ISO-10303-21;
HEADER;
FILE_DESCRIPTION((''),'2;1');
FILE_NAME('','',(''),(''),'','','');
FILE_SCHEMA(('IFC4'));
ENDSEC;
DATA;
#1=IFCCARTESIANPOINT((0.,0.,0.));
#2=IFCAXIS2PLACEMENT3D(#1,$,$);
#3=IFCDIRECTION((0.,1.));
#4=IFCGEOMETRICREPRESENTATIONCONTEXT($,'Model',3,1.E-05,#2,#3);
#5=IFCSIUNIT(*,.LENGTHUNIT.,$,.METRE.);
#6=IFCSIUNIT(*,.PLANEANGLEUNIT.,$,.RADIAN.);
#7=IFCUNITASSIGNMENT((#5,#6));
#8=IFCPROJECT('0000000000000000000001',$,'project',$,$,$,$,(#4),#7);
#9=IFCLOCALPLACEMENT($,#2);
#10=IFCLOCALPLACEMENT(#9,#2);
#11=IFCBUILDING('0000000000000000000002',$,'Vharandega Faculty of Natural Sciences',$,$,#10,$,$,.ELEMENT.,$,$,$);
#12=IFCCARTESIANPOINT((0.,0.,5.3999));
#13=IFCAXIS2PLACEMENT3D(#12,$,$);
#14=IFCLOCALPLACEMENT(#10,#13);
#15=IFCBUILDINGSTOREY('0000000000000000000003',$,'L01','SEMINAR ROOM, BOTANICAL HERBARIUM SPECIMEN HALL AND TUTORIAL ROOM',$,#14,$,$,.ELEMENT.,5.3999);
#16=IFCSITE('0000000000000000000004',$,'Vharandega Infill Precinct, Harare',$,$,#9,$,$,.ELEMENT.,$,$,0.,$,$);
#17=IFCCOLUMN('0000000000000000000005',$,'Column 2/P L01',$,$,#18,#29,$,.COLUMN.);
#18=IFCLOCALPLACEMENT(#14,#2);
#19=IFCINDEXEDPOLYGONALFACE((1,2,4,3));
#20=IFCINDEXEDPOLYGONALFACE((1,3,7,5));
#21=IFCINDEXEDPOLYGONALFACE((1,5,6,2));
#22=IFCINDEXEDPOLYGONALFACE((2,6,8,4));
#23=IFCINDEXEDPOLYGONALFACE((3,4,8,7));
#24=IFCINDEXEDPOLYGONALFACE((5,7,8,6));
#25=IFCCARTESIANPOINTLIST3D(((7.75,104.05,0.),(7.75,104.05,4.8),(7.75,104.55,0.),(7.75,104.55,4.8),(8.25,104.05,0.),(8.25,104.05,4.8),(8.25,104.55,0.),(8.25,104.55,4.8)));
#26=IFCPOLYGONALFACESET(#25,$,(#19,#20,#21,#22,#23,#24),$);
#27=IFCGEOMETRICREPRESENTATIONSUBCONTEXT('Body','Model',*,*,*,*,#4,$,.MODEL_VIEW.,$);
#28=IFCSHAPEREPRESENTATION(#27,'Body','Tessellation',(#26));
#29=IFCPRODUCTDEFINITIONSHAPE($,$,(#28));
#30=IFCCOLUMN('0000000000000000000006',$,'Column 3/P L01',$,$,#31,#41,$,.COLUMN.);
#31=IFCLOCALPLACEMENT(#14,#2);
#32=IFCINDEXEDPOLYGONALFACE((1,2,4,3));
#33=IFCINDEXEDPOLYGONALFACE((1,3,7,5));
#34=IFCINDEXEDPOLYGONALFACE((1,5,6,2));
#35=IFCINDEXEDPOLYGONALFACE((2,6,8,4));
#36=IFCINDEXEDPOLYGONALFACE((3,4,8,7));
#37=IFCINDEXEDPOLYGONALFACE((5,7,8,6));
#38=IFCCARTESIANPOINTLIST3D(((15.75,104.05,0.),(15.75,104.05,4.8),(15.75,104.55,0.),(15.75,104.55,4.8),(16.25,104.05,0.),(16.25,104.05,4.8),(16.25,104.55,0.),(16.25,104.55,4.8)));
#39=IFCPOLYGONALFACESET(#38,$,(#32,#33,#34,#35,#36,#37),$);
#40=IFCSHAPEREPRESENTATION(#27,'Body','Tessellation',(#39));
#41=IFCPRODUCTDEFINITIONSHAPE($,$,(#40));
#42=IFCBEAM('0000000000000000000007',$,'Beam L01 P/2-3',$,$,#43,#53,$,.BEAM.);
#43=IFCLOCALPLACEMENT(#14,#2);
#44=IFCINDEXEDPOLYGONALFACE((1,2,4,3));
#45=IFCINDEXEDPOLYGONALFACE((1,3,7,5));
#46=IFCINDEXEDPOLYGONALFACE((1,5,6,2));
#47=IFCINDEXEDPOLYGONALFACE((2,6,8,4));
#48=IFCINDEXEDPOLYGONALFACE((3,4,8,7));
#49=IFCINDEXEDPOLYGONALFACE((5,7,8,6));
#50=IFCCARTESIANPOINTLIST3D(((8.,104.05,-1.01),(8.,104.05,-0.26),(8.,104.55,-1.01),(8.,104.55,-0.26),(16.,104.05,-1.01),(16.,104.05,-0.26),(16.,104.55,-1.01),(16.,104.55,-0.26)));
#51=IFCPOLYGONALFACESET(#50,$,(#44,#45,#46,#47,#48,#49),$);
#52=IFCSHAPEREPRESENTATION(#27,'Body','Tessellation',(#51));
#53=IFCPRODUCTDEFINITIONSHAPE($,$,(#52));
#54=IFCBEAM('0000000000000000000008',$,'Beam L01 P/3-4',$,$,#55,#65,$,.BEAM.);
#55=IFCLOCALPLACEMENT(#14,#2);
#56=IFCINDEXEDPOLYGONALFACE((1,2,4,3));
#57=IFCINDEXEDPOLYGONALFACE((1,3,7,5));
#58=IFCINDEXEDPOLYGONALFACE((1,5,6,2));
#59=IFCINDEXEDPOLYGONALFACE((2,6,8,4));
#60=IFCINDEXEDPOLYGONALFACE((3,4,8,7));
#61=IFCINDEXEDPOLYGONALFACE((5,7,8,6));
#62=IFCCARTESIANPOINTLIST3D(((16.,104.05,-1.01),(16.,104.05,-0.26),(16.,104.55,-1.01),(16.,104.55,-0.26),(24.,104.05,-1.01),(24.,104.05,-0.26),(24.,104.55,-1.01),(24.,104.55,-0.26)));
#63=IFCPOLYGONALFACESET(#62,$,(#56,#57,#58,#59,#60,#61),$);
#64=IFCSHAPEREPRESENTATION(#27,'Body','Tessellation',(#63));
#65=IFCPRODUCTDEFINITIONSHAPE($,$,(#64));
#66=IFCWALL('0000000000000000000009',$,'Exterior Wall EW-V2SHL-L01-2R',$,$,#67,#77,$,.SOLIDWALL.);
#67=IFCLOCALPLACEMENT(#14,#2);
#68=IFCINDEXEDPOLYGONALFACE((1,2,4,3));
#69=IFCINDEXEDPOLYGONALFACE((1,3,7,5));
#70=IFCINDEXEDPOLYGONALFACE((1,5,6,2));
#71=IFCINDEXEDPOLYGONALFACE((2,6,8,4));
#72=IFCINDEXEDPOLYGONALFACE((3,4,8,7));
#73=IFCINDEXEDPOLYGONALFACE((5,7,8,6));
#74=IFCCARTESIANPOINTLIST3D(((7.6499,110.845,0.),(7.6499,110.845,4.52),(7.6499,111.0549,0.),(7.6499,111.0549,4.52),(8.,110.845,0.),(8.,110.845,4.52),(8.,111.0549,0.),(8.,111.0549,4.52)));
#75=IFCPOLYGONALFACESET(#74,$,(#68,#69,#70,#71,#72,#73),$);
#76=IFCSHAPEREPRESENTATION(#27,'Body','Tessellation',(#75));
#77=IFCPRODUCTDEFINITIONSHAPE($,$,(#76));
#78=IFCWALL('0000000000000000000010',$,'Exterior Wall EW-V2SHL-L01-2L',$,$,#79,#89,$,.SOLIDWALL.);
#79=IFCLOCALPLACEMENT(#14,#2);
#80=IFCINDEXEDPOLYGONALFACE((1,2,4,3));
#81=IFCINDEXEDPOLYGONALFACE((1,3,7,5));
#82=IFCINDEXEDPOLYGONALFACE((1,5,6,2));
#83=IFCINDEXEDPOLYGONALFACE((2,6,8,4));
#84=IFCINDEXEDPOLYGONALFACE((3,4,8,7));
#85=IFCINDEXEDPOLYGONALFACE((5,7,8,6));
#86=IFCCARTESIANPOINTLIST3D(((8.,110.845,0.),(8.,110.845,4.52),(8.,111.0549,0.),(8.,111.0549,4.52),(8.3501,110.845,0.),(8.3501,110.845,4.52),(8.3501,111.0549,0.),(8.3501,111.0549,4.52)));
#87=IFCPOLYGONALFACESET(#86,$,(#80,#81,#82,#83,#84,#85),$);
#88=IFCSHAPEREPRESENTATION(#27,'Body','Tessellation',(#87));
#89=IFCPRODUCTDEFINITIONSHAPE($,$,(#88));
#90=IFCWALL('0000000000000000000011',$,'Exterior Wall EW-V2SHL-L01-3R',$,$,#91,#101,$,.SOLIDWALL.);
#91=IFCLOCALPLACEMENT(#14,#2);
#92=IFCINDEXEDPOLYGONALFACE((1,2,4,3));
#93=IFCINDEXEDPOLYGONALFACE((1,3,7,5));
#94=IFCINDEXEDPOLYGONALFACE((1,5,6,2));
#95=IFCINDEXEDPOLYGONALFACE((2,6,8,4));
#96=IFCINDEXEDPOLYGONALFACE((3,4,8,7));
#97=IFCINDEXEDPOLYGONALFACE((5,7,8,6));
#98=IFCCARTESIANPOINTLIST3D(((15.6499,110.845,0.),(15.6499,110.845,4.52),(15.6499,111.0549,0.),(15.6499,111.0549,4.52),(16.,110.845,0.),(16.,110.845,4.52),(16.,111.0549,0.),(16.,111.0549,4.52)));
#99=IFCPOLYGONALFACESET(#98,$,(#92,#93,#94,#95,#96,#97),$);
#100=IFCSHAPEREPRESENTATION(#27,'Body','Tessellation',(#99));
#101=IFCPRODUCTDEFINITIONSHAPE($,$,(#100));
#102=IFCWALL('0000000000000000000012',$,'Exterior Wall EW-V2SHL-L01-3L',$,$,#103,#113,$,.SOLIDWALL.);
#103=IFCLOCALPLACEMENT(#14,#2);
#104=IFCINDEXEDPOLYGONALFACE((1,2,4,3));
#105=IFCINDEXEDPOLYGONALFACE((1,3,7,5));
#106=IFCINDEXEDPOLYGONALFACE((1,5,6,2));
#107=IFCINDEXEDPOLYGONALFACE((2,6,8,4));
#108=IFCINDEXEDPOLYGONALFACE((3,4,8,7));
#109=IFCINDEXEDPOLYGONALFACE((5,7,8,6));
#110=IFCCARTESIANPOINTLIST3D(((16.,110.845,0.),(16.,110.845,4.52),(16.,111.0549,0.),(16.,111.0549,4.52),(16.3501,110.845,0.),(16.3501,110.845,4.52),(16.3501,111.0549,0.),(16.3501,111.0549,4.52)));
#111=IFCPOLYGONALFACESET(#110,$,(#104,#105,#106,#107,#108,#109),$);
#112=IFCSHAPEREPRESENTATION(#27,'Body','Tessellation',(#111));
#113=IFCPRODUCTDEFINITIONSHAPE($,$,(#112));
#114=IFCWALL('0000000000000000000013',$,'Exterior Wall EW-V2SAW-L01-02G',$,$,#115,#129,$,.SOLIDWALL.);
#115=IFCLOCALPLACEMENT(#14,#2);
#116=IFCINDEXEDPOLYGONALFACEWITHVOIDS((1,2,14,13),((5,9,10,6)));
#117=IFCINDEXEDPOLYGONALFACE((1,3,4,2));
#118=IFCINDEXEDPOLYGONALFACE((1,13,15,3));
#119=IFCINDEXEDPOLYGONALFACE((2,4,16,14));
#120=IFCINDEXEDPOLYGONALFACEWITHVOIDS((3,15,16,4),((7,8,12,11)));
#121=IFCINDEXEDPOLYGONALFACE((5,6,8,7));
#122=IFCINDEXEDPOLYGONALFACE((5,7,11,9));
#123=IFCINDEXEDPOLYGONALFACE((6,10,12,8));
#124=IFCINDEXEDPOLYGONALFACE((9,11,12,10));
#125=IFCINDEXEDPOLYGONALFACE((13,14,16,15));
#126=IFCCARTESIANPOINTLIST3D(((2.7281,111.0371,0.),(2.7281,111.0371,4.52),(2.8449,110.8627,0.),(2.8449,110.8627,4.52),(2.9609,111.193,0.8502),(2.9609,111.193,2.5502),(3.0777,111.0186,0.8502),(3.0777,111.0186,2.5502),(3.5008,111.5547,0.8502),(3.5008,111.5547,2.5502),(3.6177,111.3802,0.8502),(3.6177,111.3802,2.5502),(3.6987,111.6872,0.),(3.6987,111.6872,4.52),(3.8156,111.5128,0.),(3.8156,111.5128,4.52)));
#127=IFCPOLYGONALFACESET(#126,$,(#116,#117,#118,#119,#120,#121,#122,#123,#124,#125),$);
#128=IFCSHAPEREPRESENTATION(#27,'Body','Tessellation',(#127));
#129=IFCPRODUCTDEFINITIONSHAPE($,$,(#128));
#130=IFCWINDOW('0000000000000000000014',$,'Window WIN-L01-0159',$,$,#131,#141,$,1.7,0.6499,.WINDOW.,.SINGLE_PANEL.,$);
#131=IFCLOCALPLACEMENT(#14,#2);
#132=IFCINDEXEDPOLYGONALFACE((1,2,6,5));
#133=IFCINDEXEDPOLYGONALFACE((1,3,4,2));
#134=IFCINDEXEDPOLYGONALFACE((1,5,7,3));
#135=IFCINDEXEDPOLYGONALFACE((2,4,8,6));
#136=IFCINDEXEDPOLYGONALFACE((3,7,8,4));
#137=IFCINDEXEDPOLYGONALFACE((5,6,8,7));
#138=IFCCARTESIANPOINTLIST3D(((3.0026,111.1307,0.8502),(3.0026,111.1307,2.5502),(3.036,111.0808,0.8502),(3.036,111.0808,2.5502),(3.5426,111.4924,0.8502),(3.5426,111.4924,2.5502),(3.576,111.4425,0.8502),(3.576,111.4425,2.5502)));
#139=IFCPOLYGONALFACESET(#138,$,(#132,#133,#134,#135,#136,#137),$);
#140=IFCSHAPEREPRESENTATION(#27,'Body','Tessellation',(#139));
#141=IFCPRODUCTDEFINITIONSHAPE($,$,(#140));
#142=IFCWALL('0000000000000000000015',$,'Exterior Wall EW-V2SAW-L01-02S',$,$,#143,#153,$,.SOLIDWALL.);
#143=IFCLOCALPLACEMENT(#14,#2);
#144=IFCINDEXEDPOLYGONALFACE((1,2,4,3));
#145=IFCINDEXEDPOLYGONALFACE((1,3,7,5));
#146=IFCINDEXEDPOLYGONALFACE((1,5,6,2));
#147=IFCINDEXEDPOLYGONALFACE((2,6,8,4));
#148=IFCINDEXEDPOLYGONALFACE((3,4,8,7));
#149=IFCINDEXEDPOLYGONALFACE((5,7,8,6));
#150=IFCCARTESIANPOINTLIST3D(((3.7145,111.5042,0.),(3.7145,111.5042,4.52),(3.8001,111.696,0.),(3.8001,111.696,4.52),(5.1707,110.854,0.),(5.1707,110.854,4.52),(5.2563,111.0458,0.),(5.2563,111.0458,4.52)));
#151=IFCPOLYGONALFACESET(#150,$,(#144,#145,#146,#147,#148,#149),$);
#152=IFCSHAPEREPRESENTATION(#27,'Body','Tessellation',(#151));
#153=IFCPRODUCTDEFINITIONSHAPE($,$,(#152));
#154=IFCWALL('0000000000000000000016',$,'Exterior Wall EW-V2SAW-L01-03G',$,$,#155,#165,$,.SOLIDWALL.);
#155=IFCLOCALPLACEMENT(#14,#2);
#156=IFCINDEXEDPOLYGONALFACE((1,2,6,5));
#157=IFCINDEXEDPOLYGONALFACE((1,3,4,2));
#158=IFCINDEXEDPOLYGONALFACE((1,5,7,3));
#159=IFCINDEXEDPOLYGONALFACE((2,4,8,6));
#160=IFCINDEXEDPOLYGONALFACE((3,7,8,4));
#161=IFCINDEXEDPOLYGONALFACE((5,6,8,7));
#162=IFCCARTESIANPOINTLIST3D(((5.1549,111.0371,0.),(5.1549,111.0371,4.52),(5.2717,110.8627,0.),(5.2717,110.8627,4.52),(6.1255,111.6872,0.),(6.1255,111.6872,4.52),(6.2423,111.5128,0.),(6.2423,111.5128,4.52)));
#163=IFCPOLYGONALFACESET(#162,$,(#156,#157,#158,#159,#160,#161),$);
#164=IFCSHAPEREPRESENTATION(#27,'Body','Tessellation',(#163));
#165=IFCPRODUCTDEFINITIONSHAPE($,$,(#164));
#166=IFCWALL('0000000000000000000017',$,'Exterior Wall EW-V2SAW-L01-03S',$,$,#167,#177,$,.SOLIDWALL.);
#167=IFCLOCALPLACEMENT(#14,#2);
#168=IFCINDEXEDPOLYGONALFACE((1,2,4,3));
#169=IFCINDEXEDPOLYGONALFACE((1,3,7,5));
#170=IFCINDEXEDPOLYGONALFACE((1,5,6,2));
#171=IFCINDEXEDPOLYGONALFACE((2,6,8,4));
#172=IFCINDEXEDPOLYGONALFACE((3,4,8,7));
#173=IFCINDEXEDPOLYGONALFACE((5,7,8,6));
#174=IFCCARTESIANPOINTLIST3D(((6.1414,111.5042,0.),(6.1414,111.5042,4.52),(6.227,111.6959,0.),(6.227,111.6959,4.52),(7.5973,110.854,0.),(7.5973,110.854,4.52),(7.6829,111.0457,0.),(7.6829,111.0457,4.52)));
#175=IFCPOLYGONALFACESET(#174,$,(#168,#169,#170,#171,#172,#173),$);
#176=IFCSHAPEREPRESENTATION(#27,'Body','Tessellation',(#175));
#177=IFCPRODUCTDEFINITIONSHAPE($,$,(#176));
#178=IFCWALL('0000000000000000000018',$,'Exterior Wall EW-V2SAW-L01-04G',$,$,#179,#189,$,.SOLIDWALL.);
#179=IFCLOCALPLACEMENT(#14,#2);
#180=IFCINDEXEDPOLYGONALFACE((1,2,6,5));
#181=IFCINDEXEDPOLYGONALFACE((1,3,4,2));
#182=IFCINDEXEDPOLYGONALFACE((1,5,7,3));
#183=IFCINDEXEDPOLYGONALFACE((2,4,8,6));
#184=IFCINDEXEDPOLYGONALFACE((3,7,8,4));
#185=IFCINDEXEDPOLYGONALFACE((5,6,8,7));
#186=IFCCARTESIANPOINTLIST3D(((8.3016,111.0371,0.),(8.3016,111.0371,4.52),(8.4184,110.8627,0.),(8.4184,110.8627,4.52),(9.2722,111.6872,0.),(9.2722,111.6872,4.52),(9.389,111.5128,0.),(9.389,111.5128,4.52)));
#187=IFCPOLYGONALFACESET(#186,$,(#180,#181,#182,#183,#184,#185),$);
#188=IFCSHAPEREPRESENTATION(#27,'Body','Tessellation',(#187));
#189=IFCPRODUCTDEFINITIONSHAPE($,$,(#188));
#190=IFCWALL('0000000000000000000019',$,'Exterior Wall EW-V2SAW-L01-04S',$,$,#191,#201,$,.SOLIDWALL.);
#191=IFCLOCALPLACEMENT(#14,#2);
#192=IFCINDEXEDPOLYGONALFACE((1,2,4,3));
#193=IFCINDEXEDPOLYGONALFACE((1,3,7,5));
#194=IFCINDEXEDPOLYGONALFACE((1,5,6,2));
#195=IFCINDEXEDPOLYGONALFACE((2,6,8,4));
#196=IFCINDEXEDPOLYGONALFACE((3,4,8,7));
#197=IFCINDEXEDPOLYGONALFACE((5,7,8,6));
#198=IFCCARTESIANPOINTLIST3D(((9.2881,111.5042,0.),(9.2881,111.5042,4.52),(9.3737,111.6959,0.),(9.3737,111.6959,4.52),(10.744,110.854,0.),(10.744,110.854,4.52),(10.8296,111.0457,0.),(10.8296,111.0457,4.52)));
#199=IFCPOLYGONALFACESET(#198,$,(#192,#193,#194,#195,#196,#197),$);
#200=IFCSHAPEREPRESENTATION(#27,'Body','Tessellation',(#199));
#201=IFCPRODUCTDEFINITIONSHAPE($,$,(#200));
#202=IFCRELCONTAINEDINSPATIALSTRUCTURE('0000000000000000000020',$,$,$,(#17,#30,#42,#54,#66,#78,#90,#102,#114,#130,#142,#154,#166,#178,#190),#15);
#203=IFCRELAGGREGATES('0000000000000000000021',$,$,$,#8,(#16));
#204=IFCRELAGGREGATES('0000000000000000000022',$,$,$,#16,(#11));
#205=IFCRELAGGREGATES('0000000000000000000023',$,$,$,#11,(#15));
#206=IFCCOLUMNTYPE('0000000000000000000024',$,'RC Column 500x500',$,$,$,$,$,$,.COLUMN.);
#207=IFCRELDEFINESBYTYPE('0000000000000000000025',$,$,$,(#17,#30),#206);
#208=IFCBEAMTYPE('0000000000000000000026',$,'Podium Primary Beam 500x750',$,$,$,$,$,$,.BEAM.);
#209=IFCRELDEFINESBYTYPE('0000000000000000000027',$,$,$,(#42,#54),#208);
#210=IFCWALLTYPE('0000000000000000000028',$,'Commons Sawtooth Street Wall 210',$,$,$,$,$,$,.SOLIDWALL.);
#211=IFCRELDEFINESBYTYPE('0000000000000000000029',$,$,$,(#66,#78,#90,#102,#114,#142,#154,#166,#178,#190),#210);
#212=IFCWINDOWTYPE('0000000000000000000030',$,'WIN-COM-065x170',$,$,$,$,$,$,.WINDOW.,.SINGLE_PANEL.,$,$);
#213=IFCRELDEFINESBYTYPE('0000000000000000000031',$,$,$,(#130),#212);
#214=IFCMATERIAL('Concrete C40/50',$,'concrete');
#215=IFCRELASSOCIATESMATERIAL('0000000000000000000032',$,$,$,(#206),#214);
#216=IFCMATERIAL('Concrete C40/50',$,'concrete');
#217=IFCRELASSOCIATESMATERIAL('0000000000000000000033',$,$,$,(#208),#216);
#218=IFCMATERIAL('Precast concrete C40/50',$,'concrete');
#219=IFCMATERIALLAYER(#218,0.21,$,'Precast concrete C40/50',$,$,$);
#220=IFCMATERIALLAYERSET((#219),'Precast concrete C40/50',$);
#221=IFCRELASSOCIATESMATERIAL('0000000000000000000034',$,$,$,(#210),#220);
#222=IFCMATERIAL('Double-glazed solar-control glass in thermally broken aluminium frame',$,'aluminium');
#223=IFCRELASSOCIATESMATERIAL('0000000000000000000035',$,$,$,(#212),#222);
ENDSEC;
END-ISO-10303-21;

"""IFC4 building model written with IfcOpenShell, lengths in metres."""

from ifc_helpers import new_model, si_unit, direction, frame, frame_2d, origin, origin_2d, place, context, subcontext, project, spatial, rectangle, extrude, material, layer, layer_set, material_profile, profile_set, type_object, element, fill, save


model = new_model("IFC4")

# Units and contexts
model_context = context("Model", 3, precision=1e-05, world=origin(), true_north=direction((0.0, 1.0)))
body_context = subcontext(model_context, "Body", "Model", "MODEL_VIEW")
ifc_project = project(units=[si_unit("LENGTHUNIT", "METRE"), si_unit("PLANEANGLEUNIT", "RADIAN")], contexts=[model_context])

# Site, building, storey
site_placement = place(None, origin())
site = spatial("IfcSite", under=ifc_project, at=site_placement, Name="Vharandega Infill Precinct, Harare", CompositionType="ELEMENT", RefElevation=0.0)
building_placement = place(site_placement, origin())
building = spatial("IfcBuilding", under=site, at=building_placement, Name="Vharandega Faculty of Natural Sciences", CompositionType="ELEMENT")
storey_placement = place(building_placement, frame((0.0, 0.0, 5.3999)))
storey = spatial("IfcBuildingStorey", under=building, at=storey_placement, Name="L01", Description="SEMINAR ROOM, BOTANICAL HERBARIUM SPECIMEN HALL AND TUTORIAL ROOM", CompositionType="ELEMENT", Elevation=5.3999)

# Columns
ifc_material_1 = material(Name="Concrete C40/50", Category="concrete")
ifc_material_profile_1 = material_profile(ifc_material_1, rectangle(XDim=0.5, YDim=0.5, at=origin_2d()), Name="RC 500x500")
ifc_profile_set_1 = profile_set([ifc_material_profile_1], Name="Concrete C40/50")
column_type = type_object("IfcColumnType", Name="RC Column 500x500", PredefinedType="COLUMN", material=ifc_profile_set_1)
for number, where, z_axis, x_axis, name in (
    (1, (8.0, 104.3, 0.0), (0.0, 0.0, 1.0), (1.0, 0.0, 0.0), "Column 2/P L01"),
    (2, (16.0, 104.3, 0.0), (0.0, 0.0, 1.0), (1.0, 0.0, 0.0), "Column 3/P L01"),
):
    element("IfcColumn", number, at=place(storey_placement, frame(where, z_axis=z_axis, x_axis=x_axis)), inside=storey, type_object=column_type, Name=name, PredefinedType="COLUMN", context=body_context, shape_type="SweptSolid", body=[
        extrude(rectangle(XDim=0.5, YDim=0.5, at=origin_2d()), origin(), (0.0, 0.0, 1.0), 4.8),
    ])

# Beams
ifc_material_2 = material(Name="Concrete C40/50", Category="concrete")
ifc_material_profile_2 = material_profile(ifc_material_2, rectangle(XDim=0.5, YDim=0.75, at=origin_2d()), Name="RC 500x750")
ifc_profile_set_2 = profile_set([ifc_material_profile_2], Name="Concrete C40/50")
beam_type = type_object("IfcBeamType", Name="Podium Primary Beam 500x750", PredefinedType="BEAM", material=ifc_profile_set_2)
for number, where, z_axis, x_axis, name in (
    (3, (8.0, 104.3, -0.635), (1.0, 0.0, 0.0), (0.0, 1.0, 0.0), "Beam L01 P/2-3"),
    (4, (16.0, 104.3, -0.635), (1.0, 0.0, 0.0), (0.0, 1.0, 0.0), "Beam L01 P/3-4"),
):
    element("IfcBeam", number, at=place(storey_placement, frame(where, z_axis=z_axis, x_axis=x_axis)), inside=storey, type_object=beam_type, Name=name, PredefinedType="BEAM", context=body_context, shape_type="SweptSolid", body=[
        extrude(rectangle(XDim=0.5, YDim=0.75, at=origin_2d()), origin(), (0.0, 0.0, 1.0), 8.0),
    ])

# Walls
ifc_material_3 = material(Name="Precast concrete C40/50", Category="concrete")
ifc_layer = layer(ifc_material_3, 0.21, Name="Precast concrete C40/50")
ifc_layer_set = layer_set([ifc_layer], Name="Precast concrete C40/50")
wall_type = type_object("IfcWallType", Name="Commons Sawtooth Street Wall 210", PredefinedType="SOLIDWALL", material=ifc_layer_set)
for number, where, z_axis, x_axis, name in (
    (5, (7.6499, 110.95, 0.0), (0.0, 0.0, 1.0), (1.0, 0.0, 0.0), "Exterior Wall EW-V2SHL-L01-2R"),
    (6, (8.0, 110.95, 0.0), (0.0, 0.0, 1.0), (1.0, 0.0, 0.0), "Exterior Wall EW-V2SHL-L01-2L"),
    (7, (15.6499, 110.95, 0.0), (0.0, 0.0, 1.0), (1.0, 0.0, 0.0), "Exterior Wall EW-V2SHL-L01-3R"),
    (8, (16.0, 110.95, 0.0), (0.0, 0.0, 1.0), (1.0, 0.0, 0.0), "Exterior Wall EW-V2SHL-L01-3L"),
):
    element("IfcWall", number, at=place(storey_placement, frame(where, z_axis=z_axis, x_axis=x_axis)), inside=storey, type_object=wall_type, Name=name, PredefinedType="SOLIDWALL", context=body_context, shape_type="SweptSolid", body=[
        extrude(rectangle(XDim=0.3501, YDim=0.21, at=frame_2d((0.175, 0.0))), origin(), (0.0, 0.0, 1.0), 4.52),
    ])

# Wall, opening, window
wall_1_placement = place(storey_placement, frame((2.7866, 110.95, 0.0), z_axis=(0.0, 0.0, 1.0), x_axis=(0.830859, 0.556483, 0.0)))
wall_1 = element("IfcWall", 9, at=wall_1_placement, inside=storey, type_object=wall_type, Name="Exterior Wall EW-V2SAW-L01-02G", PredefinedType="SOLIDWALL", context=body_context, shape_type="SweptSolid", body=[
    extrude(rectangle(XDim=1.1682, YDim=0.21, at=frame_2d((0.584, 0.0))), origin(), (0.0, 0.0, 1.0), 4.52),
])
opening_1_placement = place(wall_1_placement, frame((0.28, 0.0, 0.8501)))
opening_1 = element("IfcOpeningElement", 10, at=opening_1_placement, cuts=wall_1, PredefinedType="OPENING", context=body_context, shape_type="SweptSolid", body=[
    extrude(rectangle(XDim=0.6499, YDim=1.7, at=frame_2d((0.325, 0.8501))), frame((0.0, 0.115, 0.0), z_axis=(0.0, -1.0, 0.0), x_axis=(1.0, 0.0, 0.0)), (0.0, 0.0, 1.0), 0.23),
])
ifc_material_4 = material(Name="Double-glazed solar-control glass in thermally broken aluminium frame", Category="aluminium")
window_type = type_object("IfcWindowType", Name="WIN-COM-065x170", PartitioningType="SINGLE_PANEL", PredefinedType="WINDOW", material=ifc_material_4)
window_1_placement = place(opening_1_placement, origin())
window_1 = element("IfcWindow", 11, at=window_1_placement, inside=storey, type_object=window_type, Name="Window WIN-L01-0159", OverallHeight=1.7, OverallWidth=0.6499, PartitioningType="SINGLE_PANEL", PredefinedType="WINDOW", context=body_context, shape_type="SweptSolid", body=[
    extrude(rectangle(XDim=0.6499, YDim=1.7, at=frame_2d((0.325, 0.8501))), frame((0.0, 0.03, 0.0), z_axis=(0.0, -1.0, 0.0), x_axis=(1.0, 0.0, 0.0)), (0.0, 0.0, 1.0), 0.0601),
])
fill(opening_1, window_1)

# Walls
wall_2_placement = place(storey_placement, frame((3.7573, 111.6001, 0.0), z_axis=(0.0, 0.0, 1.0), x_axis=(0.913109, -0.407715, 0.0)))
element("IfcWall", 12, at=wall_2_placement, inside=storey, type_object=wall_type, Name="Exterior Wall EW-V2SAW-L01-02S", PredefinedType="SOLIDWALL", context=body_context, shape_type="SweptSolid", body=[
    extrude(rectangle(XDim=1.5947, YDim=0.21, at=frame_2d((0.7974, 0.0))), origin(), (0.0, 0.0, 1.0), 4.52),
])
wall_3_placement = place(storey_placement, frame((5.2134, 110.95, 0.0), z_axis=(0.0, 0.0, 1.0), x_axis=(0.830859, 0.556483, 0.0)))
element("IfcWall", 13, at=wall_3_placement, inside=storey, type_object=wall_type, Name="Exterior Wall EW-V2SAW-L01-03G", PredefinedType="SOLIDWALL", context=body_context, shape_type="SweptSolid", body=[
    extrude(rectangle(XDim=1.1682, YDim=0.21, at=frame_2d((0.584, 0.0))), origin(), (0.0, 0.0, 1.0), 4.52),
])
wall_4_placement = place(storey_placement, frame((6.1841, 111.6001, 0.0), z_axis=(0.0, 0.0, 1.0), x_axis=(0.913084, -0.407772, 0.0)))
element("IfcWall", 14, at=wall_4_placement, inside=storey, type_object=wall_type, Name="Exterior Wall EW-V2SAW-L01-03S", PredefinedType="SOLIDWALL", context=body_context, shape_type="SweptSolid", body=[
    extrude(rectangle(XDim=1.5945, YDim=0.21, at=frame_2d((0.7974, 0.0))), origin(), (0.0, 0.0, 1.0), 4.52),
])
wall_5_placement = place(storey_placement, frame((8.3601, 110.95, 0.0), z_axis=(0.0, 0.0, 1.0), x_axis=(0.830859, 0.556483, 0.0)))
element("IfcWall", 15, at=wall_5_placement, inside=storey, type_object=wall_type, Name="Exterior Wall EW-V2SAW-L01-04G", PredefinedType="SOLIDWALL", context=body_context, shape_type="SweptSolid", body=[
    extrude(rectangle(XDim=1.1682, YDim=0.21, at=frame_2d((0.584, 0.0))), origin(), (0.0, 0.0, 1.0), 4.52),
])
wall_6_placement = place(storey_placement, frame((9.3308, 111.6001, 0.0), z_axis=(0.0, 0.0, 1.0), x_axis=(0.913084, -0.407772, 0.0)))
element("IfcWall", 16, at=wall_6_placement, inside=storey, type_object=wall_type, Name="Exterior Wall EW-V2SAW-L01-04S", PredefinedType="SOLIDWALL", context=body_context, shape_type="SweptSolid", body=[
    extrude(rectangle(XDim=1.5945, YDim=0.21, at=frame_2d((0.7974, 0.0))), origin(), (0.0, 0.0, 1.0), 4.52),
])

save(model, "model.ifc")
